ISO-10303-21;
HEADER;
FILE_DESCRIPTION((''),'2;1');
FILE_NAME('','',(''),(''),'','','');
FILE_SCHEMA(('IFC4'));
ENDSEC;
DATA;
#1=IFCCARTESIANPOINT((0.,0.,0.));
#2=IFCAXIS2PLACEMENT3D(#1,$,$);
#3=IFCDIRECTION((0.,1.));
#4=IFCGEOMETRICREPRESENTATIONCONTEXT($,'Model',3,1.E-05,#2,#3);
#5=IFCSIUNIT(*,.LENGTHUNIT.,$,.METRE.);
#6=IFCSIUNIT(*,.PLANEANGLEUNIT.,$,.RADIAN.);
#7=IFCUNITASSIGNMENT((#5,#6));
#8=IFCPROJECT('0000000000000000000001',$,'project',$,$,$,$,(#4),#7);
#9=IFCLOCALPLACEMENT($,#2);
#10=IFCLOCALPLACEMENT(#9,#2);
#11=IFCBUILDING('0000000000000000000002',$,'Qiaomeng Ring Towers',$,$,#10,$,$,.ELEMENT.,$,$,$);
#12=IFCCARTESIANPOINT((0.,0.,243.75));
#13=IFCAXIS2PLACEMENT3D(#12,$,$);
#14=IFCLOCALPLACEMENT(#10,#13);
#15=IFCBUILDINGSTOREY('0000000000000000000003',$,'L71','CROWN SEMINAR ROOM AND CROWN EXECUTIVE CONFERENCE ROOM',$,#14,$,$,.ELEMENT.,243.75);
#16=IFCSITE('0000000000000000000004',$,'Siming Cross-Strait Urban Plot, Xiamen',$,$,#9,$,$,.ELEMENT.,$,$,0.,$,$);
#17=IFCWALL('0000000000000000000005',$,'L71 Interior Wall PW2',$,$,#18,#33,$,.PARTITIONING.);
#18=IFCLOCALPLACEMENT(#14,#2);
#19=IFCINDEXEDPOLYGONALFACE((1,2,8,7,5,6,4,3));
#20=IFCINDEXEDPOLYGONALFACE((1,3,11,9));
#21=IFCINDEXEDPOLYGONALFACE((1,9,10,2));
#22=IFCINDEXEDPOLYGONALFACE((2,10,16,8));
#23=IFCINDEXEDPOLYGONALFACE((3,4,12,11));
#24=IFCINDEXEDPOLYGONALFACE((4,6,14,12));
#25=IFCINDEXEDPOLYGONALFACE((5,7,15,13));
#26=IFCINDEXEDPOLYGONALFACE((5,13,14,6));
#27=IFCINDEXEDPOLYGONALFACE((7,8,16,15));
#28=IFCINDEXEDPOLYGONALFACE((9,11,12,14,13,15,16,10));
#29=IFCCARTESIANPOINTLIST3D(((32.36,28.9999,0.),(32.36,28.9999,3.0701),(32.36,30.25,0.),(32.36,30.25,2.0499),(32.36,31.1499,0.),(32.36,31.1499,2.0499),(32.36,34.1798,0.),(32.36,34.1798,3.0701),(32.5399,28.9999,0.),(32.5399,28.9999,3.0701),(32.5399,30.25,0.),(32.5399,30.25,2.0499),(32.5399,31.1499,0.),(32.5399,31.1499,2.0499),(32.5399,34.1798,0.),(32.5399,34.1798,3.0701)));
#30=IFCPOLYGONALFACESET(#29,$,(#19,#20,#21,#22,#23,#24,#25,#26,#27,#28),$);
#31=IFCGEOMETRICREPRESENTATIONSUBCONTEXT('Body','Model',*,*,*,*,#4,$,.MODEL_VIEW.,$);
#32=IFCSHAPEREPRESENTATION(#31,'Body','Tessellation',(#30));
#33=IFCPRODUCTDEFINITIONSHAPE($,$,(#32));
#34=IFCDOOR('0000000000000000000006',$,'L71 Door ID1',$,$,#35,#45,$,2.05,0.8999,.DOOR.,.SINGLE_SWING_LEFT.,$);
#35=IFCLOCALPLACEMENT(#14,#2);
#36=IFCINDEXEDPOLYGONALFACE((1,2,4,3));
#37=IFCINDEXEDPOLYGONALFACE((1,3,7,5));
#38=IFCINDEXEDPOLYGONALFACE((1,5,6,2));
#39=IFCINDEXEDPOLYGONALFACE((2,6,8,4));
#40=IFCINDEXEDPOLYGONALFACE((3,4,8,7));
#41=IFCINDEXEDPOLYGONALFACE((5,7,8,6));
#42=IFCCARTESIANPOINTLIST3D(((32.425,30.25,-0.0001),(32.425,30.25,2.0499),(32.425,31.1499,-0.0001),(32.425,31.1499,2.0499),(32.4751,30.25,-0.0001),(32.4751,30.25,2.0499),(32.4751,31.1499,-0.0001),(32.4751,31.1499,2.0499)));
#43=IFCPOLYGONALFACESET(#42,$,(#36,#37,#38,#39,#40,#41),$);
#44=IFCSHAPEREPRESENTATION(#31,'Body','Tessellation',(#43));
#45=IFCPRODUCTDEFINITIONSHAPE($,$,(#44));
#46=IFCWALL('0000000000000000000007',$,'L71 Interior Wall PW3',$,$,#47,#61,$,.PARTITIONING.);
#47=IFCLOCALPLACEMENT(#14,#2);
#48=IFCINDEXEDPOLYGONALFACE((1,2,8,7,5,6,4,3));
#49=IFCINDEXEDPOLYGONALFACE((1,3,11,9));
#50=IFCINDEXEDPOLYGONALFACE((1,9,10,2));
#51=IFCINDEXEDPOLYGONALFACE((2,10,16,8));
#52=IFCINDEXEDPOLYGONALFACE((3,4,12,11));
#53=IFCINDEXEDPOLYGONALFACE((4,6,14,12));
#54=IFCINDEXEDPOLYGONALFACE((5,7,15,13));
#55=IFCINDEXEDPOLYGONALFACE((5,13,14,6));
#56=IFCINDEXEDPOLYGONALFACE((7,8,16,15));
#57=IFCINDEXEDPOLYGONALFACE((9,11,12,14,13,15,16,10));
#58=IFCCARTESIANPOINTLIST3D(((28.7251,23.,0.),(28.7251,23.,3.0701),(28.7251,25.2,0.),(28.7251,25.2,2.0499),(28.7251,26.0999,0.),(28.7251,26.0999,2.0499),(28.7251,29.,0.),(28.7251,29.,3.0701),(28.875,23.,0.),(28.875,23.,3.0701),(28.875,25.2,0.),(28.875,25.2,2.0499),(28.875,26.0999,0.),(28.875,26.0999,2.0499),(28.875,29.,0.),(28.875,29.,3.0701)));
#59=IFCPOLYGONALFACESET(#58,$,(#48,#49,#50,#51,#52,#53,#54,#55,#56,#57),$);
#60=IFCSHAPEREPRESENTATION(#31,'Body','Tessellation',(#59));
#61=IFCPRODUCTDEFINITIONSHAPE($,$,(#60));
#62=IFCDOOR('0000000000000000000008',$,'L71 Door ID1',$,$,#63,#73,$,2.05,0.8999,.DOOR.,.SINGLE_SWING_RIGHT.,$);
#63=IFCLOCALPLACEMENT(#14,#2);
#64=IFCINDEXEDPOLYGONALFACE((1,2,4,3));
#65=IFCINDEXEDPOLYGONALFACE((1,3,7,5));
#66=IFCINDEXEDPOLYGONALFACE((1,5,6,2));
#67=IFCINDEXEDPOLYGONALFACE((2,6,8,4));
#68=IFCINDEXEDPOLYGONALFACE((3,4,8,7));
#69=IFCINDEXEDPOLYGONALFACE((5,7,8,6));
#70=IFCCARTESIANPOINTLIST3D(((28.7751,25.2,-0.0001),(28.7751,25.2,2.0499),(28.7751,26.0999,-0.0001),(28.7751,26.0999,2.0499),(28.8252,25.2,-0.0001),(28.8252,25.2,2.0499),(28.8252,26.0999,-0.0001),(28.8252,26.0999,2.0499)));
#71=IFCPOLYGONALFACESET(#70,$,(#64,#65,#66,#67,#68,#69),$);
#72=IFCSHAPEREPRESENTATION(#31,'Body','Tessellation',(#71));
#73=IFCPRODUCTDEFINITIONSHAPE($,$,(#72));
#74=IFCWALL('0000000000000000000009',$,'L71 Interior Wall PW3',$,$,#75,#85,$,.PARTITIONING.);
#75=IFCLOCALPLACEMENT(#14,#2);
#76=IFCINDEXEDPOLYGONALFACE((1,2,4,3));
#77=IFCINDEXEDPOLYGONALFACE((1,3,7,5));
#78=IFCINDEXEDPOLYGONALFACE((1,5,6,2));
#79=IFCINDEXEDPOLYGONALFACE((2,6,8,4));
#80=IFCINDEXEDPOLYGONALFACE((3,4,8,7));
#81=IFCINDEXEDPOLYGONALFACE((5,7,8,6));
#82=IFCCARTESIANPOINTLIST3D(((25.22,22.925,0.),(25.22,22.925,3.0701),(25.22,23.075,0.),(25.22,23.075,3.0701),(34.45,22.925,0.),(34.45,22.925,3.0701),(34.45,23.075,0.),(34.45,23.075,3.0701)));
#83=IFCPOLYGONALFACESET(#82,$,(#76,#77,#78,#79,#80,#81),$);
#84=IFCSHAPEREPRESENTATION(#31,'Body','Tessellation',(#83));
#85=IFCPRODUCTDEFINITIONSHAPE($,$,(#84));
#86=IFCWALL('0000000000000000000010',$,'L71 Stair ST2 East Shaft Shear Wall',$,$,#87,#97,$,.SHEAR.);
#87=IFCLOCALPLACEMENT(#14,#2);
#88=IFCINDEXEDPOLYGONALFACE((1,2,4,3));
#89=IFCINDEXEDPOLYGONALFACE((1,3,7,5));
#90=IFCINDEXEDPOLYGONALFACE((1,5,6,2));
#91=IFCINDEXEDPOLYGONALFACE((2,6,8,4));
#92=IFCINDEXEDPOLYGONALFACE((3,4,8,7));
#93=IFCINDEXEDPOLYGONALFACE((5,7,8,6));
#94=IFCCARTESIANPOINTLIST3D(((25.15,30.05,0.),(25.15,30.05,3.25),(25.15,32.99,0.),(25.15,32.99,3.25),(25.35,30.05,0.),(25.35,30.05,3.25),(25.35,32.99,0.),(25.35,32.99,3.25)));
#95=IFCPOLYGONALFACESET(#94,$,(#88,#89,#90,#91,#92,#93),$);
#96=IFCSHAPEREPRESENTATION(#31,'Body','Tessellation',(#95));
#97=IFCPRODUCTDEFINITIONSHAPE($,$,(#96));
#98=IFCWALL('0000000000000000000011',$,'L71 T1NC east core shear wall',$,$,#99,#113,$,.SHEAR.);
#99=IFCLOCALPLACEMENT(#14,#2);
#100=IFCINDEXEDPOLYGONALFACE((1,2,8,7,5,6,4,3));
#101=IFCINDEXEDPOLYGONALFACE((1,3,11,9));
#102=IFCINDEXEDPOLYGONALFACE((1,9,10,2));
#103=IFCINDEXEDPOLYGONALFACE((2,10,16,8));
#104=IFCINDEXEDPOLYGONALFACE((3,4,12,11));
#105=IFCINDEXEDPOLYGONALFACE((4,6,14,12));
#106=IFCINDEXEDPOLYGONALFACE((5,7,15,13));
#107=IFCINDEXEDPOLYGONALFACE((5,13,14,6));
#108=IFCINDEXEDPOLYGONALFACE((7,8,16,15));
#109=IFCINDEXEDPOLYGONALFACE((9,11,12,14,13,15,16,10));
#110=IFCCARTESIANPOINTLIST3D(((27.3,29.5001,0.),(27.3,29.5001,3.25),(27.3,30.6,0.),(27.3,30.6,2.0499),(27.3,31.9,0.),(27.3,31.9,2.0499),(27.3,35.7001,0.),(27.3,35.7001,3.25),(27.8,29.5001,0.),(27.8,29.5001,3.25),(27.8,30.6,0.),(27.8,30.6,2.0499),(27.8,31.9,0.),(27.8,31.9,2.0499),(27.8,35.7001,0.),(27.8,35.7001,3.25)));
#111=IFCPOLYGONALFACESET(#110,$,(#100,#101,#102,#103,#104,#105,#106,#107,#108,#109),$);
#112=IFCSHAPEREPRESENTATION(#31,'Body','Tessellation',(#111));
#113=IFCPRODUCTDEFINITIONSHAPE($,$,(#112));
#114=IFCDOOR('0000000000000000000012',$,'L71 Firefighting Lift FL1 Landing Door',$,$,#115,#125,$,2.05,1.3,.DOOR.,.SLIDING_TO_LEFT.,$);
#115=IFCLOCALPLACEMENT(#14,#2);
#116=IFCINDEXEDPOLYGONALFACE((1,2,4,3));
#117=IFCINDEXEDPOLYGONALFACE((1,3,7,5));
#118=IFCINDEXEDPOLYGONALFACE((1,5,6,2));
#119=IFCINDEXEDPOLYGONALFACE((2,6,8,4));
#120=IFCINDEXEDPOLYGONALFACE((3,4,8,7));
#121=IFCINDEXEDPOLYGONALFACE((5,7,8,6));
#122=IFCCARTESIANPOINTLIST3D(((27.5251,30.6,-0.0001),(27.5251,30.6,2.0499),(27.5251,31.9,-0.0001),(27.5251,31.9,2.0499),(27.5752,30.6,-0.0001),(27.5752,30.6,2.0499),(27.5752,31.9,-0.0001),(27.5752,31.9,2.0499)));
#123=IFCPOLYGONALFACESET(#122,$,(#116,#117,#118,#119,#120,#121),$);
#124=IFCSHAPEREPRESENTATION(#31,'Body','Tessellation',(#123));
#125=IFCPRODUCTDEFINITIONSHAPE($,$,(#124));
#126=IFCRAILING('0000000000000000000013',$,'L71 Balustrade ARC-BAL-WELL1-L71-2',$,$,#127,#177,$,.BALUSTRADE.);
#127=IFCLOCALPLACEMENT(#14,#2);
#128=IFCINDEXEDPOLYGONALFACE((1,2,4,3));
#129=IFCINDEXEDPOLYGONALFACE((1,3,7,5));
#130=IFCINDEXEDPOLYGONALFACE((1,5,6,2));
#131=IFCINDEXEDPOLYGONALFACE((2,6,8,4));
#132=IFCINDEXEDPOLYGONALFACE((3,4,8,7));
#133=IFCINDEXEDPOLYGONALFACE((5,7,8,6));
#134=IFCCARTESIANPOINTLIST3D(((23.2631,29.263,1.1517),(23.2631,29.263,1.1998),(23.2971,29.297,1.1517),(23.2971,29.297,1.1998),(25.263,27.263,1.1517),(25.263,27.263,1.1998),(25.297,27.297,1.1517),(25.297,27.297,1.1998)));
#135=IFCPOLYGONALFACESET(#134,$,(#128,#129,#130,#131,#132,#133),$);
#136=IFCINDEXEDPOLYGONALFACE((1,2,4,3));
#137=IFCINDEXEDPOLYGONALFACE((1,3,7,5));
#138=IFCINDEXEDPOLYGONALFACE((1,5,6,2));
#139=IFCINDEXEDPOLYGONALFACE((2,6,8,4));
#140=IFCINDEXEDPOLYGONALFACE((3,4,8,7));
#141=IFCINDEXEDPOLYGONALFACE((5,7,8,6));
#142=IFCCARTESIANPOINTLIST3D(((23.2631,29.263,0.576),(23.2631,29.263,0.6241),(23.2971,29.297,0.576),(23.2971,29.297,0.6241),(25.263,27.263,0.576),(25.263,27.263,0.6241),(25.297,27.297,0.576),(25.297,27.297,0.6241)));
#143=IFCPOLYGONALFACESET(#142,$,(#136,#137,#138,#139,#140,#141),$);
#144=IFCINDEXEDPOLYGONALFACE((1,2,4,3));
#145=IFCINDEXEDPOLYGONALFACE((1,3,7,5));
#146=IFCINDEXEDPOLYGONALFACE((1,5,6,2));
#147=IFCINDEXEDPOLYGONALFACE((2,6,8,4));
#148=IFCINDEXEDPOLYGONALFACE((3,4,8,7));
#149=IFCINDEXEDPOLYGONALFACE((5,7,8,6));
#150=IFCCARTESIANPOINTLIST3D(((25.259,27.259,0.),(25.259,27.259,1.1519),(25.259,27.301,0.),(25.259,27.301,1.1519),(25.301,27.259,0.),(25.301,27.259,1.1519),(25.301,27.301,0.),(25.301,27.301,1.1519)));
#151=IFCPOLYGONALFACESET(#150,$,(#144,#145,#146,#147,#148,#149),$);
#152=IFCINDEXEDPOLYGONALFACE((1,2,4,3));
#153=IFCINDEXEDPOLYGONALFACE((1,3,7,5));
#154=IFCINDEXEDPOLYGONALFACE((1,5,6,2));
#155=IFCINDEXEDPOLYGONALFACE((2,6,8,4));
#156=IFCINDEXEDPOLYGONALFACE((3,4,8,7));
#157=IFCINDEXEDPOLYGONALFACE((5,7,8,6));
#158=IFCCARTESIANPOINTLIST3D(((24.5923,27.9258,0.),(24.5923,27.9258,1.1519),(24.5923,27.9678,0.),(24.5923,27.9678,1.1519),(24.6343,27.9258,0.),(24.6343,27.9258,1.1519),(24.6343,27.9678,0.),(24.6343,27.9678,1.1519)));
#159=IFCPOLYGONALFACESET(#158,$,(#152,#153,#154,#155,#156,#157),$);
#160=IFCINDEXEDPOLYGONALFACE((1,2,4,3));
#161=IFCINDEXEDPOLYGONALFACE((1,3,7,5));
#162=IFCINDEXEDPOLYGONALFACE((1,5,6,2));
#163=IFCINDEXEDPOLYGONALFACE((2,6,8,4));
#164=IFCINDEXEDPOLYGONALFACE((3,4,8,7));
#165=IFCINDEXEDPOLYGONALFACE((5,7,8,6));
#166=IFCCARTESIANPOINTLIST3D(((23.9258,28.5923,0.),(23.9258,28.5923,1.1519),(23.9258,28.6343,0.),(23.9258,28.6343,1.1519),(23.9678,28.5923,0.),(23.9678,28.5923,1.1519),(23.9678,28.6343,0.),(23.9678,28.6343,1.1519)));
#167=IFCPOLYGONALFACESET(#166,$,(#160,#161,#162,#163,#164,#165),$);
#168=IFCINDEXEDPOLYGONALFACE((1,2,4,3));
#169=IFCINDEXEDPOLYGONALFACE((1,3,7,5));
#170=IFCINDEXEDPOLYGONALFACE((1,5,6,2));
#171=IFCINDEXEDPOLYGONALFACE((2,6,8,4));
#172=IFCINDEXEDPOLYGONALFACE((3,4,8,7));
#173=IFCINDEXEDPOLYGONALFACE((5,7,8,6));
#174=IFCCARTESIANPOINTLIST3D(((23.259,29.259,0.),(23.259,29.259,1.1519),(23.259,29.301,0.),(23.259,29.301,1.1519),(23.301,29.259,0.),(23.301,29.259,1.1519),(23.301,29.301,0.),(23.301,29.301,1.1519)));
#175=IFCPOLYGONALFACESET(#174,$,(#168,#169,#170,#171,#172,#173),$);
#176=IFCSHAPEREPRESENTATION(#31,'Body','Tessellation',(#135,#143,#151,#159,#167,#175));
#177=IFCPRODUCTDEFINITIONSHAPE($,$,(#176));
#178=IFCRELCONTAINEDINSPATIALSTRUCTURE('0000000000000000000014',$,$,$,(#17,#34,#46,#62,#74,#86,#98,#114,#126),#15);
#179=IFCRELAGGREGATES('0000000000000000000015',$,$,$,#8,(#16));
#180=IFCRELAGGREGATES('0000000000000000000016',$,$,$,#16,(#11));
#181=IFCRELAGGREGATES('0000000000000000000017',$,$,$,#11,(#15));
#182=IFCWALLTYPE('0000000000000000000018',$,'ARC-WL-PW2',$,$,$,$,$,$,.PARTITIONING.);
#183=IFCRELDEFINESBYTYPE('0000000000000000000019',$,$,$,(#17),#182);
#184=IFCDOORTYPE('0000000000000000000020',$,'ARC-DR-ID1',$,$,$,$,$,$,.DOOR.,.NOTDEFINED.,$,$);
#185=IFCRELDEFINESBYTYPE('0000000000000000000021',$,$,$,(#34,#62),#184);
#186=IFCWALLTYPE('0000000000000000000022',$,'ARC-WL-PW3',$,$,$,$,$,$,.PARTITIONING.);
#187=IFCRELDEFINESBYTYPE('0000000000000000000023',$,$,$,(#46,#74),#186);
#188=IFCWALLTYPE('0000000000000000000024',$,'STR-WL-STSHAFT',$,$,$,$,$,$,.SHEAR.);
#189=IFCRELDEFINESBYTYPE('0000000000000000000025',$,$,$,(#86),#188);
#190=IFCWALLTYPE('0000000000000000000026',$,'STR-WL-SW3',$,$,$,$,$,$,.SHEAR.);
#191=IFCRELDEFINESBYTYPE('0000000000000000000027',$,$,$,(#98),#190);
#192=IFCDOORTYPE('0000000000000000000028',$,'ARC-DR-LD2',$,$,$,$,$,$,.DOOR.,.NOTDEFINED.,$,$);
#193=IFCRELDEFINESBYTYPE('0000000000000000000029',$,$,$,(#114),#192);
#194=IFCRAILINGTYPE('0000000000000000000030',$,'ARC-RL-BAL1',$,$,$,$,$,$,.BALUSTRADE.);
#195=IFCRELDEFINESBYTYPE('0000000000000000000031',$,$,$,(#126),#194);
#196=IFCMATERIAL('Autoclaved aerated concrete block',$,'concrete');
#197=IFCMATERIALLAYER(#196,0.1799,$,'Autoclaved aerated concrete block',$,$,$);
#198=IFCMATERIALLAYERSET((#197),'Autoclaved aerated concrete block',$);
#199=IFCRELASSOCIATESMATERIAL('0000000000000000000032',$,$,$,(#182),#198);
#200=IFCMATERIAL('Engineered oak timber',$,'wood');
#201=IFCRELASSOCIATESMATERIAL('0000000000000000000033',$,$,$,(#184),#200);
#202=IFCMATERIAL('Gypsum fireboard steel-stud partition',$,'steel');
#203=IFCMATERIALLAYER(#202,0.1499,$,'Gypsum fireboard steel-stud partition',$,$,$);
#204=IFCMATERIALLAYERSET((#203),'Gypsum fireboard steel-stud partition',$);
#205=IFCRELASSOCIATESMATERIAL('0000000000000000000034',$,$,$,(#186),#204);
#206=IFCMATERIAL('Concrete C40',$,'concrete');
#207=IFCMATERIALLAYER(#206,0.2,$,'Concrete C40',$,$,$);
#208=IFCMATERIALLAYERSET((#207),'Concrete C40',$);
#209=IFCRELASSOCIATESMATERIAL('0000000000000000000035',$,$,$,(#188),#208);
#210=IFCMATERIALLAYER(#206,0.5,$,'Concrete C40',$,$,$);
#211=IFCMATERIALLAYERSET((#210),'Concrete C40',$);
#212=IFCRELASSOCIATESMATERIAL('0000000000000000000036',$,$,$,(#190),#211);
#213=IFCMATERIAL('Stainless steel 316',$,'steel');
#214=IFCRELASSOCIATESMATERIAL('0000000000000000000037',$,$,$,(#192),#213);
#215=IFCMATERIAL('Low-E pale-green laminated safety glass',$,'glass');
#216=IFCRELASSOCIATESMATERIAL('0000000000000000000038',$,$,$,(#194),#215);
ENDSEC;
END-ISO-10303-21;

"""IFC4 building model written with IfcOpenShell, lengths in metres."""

from ifc_helpers import new_model, si_unit, direction, frame, frame_2d, origin, origin_2d, place, context, subcontext, project, spatial, rectangle, extrude, source, transform, mapped, material, layer, layer_set, type_object, element, fill, save


model = new_model("IFC4")

# Units and contexts
model_context = context("Model", 3, precision=1e-05, world=origin(), true_north=direction((0.0, 1.0)))
body_context = subcontext(model_context, "Body", "Model", "MODEL_VIEW")
ifc_project = project(units=[si_unit("LENGTHUNIT", "METRE"), si_unit("PLANEANGLEUNIT", "RADIAN")], contexts=[model_context])

# Site, building, storey
site_placement = place(None, origin())
site = spatial("IfcSite", under=ifc_project, at=site_placement, Name="Siming Cross-Strait Urban Plot, Xiamen", CompositionType="ELEMENT", RefElevation=0.0)
building_placement = place(site_placement, origin())
building = spatial("IfcBuilding", under=site, at=building_placement, Name="Qiaomeng Ring Towers", CompositionType="ELEMENT")
storey_placement = place(building_placement, frame((0.0, 0.0, 243.75)))
storey = spatial("IfcBuildingStorey", under=building, at=storey_placement, Name="L71", Description="CROWN SEMINAR ROOM AND CROWN EXECUTIVE CONFERENCE ROOM", CompositionType="ELEMENT", Elevation=243.75)

# Shared definitions
ifc_material_1 = material(Name="Concrete C40", Category="concrete")

# Shared definitions
ifc_material_2 = material(Name="Stainless steel 316", Category="steel")

# Shared definitions
ifc_material_3 = material(Name="Autoclaved aerated concrete block", Category="concrete")

# Walls, openings, doors
ifc_layer_1 = layer(ifc_material_3, 0.1799, Name="Autoclaved aerated concrete block")
ifc_layer_set_1 = layer_set([ifc_layer_1], Name="Autoclaved aerated concrete block")
wall_type_1 = type_object("IfcWallType", Name="ARC-WL-PW2", PredefinedType="PARTITIONING", material=ifc_layer_set_1)
wall_1_placement = place(storey_placement, frame((32.45, 29.0, 0.0), z_axis=(0.0, 0.0, 1.0), x_axis=(0.0, 1.0, 0.0)))
wall_1 = element("IfcWall", 1, at=wall_1_placement, inside=storey, type_object=wall_type_1, Name="L71 Interior Wall PW2", PredefinedType="PARTITIONING", context=body_context, shape_type="SweptSolid", body=[
    extrude(rectangle(XDim=5.1799, YDim=0.1799, at=frame_2d((2.5898, 0.0))), origin(), (0.0, 0.0, 1.0), 3.0701),
])
opening_1_placement = place(wall_1_placement, frame((1.25, 0.0, 0.0)))
opening_1 = element("IfcOpeningElement", 2, at=opening_1_placement, cuts=wall_1, PredefinedType="OPENING", context=body_context, shape_type="SweptSolid", body=[
    extrude(rectangle(XDim=0.8999, YDim=2.05, at=frame_2d((0.45, 1.0249))), frame((0.0, 0.0999, 0.0), z_axis=(0.0, -1.0, 0.0), x_axis=(1.0, 0.0, 0.0)), (0.0, 0.0, 1.0), 0.2),
])
ifc_material_4 = material(Name="Engineered oak timber", Category="wood")
door_type_1 = type_object("IfcDoorType", Name="ARC-DR-ID1", OperationType="NOTDEFINED", PredefinedType="DOOR", material=ifc_material_4)
shared_shape_1 = source(origin(), body_context, "Body", "SweptSolid", [
    extrude(rectangle(XDim=0.8999, YDim=2.05, at=frame_2d((0.45, 1.0249))), frame((0.0, 0.0249, 0.0), z_axis=(0.0, -1.0, 0.0), x_axis=(1.0, 0.0, 0.0)), (0.0, 0.0, 1.0), 0.05),
])
door_1_placement = place(opening_1_placement, origin())
door_1 = element("IfcDoor", 3, at=door_1_placement, inside=storey, type_object=door_type_1, Name="L71 Door ID1", OperationType="SINGLE_SWING_LEFT", OverallHeight=2.05, OverallWidth=0.8999, PredefinedType="DOOR", context=body_context, shape_type="MappedRepresentation", body=[
    mapped(shared_shape_1, transform((0.0, 0.0, 0.0), x_axis=(1.0, 0.0, 0.0), y_axis=(0.0, 1.0, 0.0), z_axis=(0.0, 0.0, 1.0), scale=1.0)),
])
fill(opening_1, door_1)
ifc_material_5 = material(Name="Gypsum fireboard steel-stud partition", Category="steel")
ifc_layer_2 = layer(ifc_material_5, 0.1499, Name="Gypsum fireboard steel-stud partition")
ifc_layer_set_2 = layer_set([ifc_layer_2], Name="Gypsum fireboard steel-stud partition")
wall_type_2 = type_object("IfcWallType", Name="ARC-WL-PW3", PredefinedType="PARTITIONING", material=ifc_layer_set_2)
wall_2_placement = place(storey_placement, frame((28.8, 23.0, 0.0), z_axis=(0.0, 0.0, 1.0), x_axis=(0.0, 1.0, 0.0)))
wall_2 = element("IfcWall", 4, at=wall_2_placement, inside=storey, type_object=wall_type_2, Name="L71 Interior Wall PW3", PredefinedType="PARTITIONING", context=body_context, shape_type="SweptSolid", body=[
    extrude(rectangle(XDim=6.0, YDim=0.1499, at=frame_2d((3.0, 0.0))), origin(), (0.0, 0.0, 1.0), 3.0701),
])
opening_2_placement = place(wall_2_placement, frame((2.2, 0.0, 0.0)))
opening_2 = element("IfcOpeningElement", 5, at=opening_2_placement, cuts=wall_2, PredefinedType="OPENING", context=body_context, shape_type="SweptSolid", body=[
    extrude(rectangle(XDim=0.8999, YDim=2.05, at=frame_2d((0.45, 1.0249))), frame((0.0, 0.085, 0.0), z_axis=(0.0, -1.0, 0.0), x_axis=(1.0, 0.0, 0.0)), (0.0, 0.0, 1.0), 0.1699),
])
door_2_placement = place(opening_2_placement, origin())
door_2 = element("IfcDoor", 6, at=door_2_placement, inside=storey, type_object=door_type_1, Name="L71 Door ID1", OperationType="SINGLE_SWING_RIGHT", OverallHeight=2.05, OverallWidth=0.8999, PredefinedType="DOOR", context=body_context, shape_type="MappedRepresentation", body=[
    mapped(shared_shape_1, transform((0.0, 0.0, 0.0), x_axis=(1.0, 0.0, 0.0), y_axis=(0.0, 1.0, 0.0), z_axis=(0.0, 0.0, 1.0), scale=1.0)),
])
fill(opening_2, door_2)

# Walls
wall_3_placement = place(storey_placement, frame((25.22, 23.0, 0.0), z_axis=(0.0, 0.0, 1.0), x_axis=(1.0, 0.0, 0.0)))
element("IfcWall", 7, at=wall_3_placement, inside=storey, type_object=wall_type_2, Name="L71 Interior Wall PW3", PredefinedType="PARTITIONING", context=body_context, shape_type="SweptSolid", body=[
    extrude(rectangle(XDim=9.23, YDim=0.1499, at=frame_2d((4.615, 0.0))), origin(), (0.0, 0.0, 1.0), 3.0701),
])
ifc_layer_3 = layer(ifc_material_1, 0.2, Name="Concrete C40")
ifc_layer_set_3 = layer_set([ifc_layer_3], Name="Concrete C40")
wall_type_3 = type_object("IfcWallType", Name="STR-WL-STSHAFT", PredefinedType="SHEAR", material=ifc_layer_set_3)
wall_4_placement = place(storey_placement, frame((25.25, 30.05, 0.0), z_axis=(0.0, 0.0, 1.0), x_axis=(0.0, 1.0, 0.0)))
element("IfcWall", 8, at=wall_4_placement, inside=storey, type_object=wall_type_3, Name="L71 Stair ST2 East Shaft Shear Wall", PredefinedType="SHEAR", context=body_context, shape_type="SweptSolid", body=[
    extrude(rectangle(XDim=2.9399, YDim=0.2, at=frame_2d((1.47, 0.0))), origin(), (0.0, 0.0, 1.0), 3.25),
])

# Wall, opening, door
ifc_layer_4 = layer(ifc_material_1, 0.5, Name="Concrete C40")
ifc_layer_set_4 = layer_set([ifc_layer_4], Name="Concrete C40")
wall_type_4 = type_object("IfcWallType", Name="STR-WL-SW3", PredefinedType="SHEAR", material=ifc_layer_set_4)
wall_5_placement = place(storey_placement, frame((27.55, 29.5, 0.0), z_axis=(0.0, 0.0, 1.0), x_axis=(0.0, 1.0, 0.0)))
wall_5 = element("IfcWall", 9, at=wall_5_placement, inside=storey, type_object=wall_type_4, Name="L71 T1NC east core shear wall", PredefinedType="SHEAR", context=body_context, shape_type="SweptSolid", body=[
    extrude(rectangle(XDim=6.2, YDim=0.5, at=frame_2d((3.1001, 0.0))), origin(), (0.0, 0.0, 1.0), 3.25),
])
opening_3_placement = place(wall_5_placement, frame((1.1001, 0.0, 0.0)))
opening_3 = element("IfcOpeningElement", 10, at=opening_3_placement, cuts=wall_5, PredefinedType="OPENING", context=body_context, shape_type="SweptSolid", body=[
    extrude(rectangle(XDim=1.3, YDim=2.05, at=frame_2d((0.6499, 1.0249))), frame((0.0, 0.26, 0.0), z_axis=(0.0, -1.0, 0.0), x_axis=(1.0, 0.0, 0.0)), (0.0, 0.0, 1.0), 0.52),
])
door_type_2 = type_object("IfcDoorType", Name="ARC-DR-LD2", OperationType="NOTDEFINED", PredefinedType="DOOR", material=ifc_material_2)
shared_shape_2 = source(origin(), body_context, "Body", "SweptSolid", [
    extrude(rectangle(XDim=1.3, YDim=2.05, at=frame_2d((0.6499, 1.0249))), frame((0.0, 0.0249, 0.0), z_axis=(0.0, -1.0, 0.0), x_axis=(1.0, 0.0, 0.0)), (0.0, 0.0, 1.0), 0.05),
])
door_3_placement = place(opening_3_placement, origin())
door_3 = element("IfcDoor", 11, at=door_3_placement, inside=storey, type_object=door_type_2, Name="L71 Firefighting Lift FL1 Landing Door", OperationType="SLIDING_TO_LEFT", OverallHeight=2.05, OverallWidth=1.3, PredefinedType="DOOR", context=body_context, shape_type="MappedRepresentation", body=[
    mapped(shared_shape_2, transform((0.0, 0.0, 0.0), x_axis=(1.0, 0.0, 0.0), y_axis=(0.0, 1.0, 0.0), z_axis=(0.0, 0.0, 1.0), scale=1.0)),
])
fill(opening_3, door_3)

# Railing
ifc_material_6 = material(Name="Low-E pale-green laminated safety glass", Category="glass")
railing_type = type_object("IfcRailingType", Name="ARC-RL-BAL1", PredefinedType="BALUSTRADE", material=ifc_material_6)
railing_placement = place(storey_placement, frame((25.28, 27.28, 0.0)))
element("IfcRailing", 12, at=railing_placement, inside=storey, type_object=railing_type, Name="L71 Balustrade ARC-BAL-WELL1-L71-2", PredefinedType="BALUSTRADE", context=body_context, shape_type="SweptSolid", body=[
    extrude(rectangle(XDim=0.0481, YDim=0.0481, at=origin_2d()), frame((0.0, 0.0, 1.1758), z_axis=(-0.707107, 0.707107, 0.0), x_axis=(-0.707107, -0.707107, 0.0)), (0.0, 0.0, 1.0), 2.8284),
    extrude(rectangle(XDim=0.0481, YDim=0.0481, at=origin_2d()), frame((0.0, 0.0, 0.6001), z_axis=(-0.707107, 0.707107, 0.0), x_axis=(-0.707107, -0.707107, 0.0)), (0.0, 0.0, 1.0), 2.8284),
    extrude(rectangle(XDim=0.042, YDim=0.042, at=origin_2d()), origin(), (0.0, 0.0, 1.0), 1.1519),
    extrude(rectangle(XDim=0.042, YDim=0.042, at=origin_2d()), frame((-0.6667, 0.6667, 0.0)), (0.0, 0.0, 1.0), 1.1519),
    extrude(rectangle(XDim=0.042, YDim=0.042, at=origin_2d()), frame((-1.3333, 1.3333, 0.0)), (0.0, 0.0, 1.0), 1.1519),
    extrude(rectangle(XDim=0.042, YDim=0.042, at=origin_2d()), frame((-2.0, 2.0, 0.0)), (0.0, 0.0, 1.0), 1.1519),
])

save(model, "model.ifc")
